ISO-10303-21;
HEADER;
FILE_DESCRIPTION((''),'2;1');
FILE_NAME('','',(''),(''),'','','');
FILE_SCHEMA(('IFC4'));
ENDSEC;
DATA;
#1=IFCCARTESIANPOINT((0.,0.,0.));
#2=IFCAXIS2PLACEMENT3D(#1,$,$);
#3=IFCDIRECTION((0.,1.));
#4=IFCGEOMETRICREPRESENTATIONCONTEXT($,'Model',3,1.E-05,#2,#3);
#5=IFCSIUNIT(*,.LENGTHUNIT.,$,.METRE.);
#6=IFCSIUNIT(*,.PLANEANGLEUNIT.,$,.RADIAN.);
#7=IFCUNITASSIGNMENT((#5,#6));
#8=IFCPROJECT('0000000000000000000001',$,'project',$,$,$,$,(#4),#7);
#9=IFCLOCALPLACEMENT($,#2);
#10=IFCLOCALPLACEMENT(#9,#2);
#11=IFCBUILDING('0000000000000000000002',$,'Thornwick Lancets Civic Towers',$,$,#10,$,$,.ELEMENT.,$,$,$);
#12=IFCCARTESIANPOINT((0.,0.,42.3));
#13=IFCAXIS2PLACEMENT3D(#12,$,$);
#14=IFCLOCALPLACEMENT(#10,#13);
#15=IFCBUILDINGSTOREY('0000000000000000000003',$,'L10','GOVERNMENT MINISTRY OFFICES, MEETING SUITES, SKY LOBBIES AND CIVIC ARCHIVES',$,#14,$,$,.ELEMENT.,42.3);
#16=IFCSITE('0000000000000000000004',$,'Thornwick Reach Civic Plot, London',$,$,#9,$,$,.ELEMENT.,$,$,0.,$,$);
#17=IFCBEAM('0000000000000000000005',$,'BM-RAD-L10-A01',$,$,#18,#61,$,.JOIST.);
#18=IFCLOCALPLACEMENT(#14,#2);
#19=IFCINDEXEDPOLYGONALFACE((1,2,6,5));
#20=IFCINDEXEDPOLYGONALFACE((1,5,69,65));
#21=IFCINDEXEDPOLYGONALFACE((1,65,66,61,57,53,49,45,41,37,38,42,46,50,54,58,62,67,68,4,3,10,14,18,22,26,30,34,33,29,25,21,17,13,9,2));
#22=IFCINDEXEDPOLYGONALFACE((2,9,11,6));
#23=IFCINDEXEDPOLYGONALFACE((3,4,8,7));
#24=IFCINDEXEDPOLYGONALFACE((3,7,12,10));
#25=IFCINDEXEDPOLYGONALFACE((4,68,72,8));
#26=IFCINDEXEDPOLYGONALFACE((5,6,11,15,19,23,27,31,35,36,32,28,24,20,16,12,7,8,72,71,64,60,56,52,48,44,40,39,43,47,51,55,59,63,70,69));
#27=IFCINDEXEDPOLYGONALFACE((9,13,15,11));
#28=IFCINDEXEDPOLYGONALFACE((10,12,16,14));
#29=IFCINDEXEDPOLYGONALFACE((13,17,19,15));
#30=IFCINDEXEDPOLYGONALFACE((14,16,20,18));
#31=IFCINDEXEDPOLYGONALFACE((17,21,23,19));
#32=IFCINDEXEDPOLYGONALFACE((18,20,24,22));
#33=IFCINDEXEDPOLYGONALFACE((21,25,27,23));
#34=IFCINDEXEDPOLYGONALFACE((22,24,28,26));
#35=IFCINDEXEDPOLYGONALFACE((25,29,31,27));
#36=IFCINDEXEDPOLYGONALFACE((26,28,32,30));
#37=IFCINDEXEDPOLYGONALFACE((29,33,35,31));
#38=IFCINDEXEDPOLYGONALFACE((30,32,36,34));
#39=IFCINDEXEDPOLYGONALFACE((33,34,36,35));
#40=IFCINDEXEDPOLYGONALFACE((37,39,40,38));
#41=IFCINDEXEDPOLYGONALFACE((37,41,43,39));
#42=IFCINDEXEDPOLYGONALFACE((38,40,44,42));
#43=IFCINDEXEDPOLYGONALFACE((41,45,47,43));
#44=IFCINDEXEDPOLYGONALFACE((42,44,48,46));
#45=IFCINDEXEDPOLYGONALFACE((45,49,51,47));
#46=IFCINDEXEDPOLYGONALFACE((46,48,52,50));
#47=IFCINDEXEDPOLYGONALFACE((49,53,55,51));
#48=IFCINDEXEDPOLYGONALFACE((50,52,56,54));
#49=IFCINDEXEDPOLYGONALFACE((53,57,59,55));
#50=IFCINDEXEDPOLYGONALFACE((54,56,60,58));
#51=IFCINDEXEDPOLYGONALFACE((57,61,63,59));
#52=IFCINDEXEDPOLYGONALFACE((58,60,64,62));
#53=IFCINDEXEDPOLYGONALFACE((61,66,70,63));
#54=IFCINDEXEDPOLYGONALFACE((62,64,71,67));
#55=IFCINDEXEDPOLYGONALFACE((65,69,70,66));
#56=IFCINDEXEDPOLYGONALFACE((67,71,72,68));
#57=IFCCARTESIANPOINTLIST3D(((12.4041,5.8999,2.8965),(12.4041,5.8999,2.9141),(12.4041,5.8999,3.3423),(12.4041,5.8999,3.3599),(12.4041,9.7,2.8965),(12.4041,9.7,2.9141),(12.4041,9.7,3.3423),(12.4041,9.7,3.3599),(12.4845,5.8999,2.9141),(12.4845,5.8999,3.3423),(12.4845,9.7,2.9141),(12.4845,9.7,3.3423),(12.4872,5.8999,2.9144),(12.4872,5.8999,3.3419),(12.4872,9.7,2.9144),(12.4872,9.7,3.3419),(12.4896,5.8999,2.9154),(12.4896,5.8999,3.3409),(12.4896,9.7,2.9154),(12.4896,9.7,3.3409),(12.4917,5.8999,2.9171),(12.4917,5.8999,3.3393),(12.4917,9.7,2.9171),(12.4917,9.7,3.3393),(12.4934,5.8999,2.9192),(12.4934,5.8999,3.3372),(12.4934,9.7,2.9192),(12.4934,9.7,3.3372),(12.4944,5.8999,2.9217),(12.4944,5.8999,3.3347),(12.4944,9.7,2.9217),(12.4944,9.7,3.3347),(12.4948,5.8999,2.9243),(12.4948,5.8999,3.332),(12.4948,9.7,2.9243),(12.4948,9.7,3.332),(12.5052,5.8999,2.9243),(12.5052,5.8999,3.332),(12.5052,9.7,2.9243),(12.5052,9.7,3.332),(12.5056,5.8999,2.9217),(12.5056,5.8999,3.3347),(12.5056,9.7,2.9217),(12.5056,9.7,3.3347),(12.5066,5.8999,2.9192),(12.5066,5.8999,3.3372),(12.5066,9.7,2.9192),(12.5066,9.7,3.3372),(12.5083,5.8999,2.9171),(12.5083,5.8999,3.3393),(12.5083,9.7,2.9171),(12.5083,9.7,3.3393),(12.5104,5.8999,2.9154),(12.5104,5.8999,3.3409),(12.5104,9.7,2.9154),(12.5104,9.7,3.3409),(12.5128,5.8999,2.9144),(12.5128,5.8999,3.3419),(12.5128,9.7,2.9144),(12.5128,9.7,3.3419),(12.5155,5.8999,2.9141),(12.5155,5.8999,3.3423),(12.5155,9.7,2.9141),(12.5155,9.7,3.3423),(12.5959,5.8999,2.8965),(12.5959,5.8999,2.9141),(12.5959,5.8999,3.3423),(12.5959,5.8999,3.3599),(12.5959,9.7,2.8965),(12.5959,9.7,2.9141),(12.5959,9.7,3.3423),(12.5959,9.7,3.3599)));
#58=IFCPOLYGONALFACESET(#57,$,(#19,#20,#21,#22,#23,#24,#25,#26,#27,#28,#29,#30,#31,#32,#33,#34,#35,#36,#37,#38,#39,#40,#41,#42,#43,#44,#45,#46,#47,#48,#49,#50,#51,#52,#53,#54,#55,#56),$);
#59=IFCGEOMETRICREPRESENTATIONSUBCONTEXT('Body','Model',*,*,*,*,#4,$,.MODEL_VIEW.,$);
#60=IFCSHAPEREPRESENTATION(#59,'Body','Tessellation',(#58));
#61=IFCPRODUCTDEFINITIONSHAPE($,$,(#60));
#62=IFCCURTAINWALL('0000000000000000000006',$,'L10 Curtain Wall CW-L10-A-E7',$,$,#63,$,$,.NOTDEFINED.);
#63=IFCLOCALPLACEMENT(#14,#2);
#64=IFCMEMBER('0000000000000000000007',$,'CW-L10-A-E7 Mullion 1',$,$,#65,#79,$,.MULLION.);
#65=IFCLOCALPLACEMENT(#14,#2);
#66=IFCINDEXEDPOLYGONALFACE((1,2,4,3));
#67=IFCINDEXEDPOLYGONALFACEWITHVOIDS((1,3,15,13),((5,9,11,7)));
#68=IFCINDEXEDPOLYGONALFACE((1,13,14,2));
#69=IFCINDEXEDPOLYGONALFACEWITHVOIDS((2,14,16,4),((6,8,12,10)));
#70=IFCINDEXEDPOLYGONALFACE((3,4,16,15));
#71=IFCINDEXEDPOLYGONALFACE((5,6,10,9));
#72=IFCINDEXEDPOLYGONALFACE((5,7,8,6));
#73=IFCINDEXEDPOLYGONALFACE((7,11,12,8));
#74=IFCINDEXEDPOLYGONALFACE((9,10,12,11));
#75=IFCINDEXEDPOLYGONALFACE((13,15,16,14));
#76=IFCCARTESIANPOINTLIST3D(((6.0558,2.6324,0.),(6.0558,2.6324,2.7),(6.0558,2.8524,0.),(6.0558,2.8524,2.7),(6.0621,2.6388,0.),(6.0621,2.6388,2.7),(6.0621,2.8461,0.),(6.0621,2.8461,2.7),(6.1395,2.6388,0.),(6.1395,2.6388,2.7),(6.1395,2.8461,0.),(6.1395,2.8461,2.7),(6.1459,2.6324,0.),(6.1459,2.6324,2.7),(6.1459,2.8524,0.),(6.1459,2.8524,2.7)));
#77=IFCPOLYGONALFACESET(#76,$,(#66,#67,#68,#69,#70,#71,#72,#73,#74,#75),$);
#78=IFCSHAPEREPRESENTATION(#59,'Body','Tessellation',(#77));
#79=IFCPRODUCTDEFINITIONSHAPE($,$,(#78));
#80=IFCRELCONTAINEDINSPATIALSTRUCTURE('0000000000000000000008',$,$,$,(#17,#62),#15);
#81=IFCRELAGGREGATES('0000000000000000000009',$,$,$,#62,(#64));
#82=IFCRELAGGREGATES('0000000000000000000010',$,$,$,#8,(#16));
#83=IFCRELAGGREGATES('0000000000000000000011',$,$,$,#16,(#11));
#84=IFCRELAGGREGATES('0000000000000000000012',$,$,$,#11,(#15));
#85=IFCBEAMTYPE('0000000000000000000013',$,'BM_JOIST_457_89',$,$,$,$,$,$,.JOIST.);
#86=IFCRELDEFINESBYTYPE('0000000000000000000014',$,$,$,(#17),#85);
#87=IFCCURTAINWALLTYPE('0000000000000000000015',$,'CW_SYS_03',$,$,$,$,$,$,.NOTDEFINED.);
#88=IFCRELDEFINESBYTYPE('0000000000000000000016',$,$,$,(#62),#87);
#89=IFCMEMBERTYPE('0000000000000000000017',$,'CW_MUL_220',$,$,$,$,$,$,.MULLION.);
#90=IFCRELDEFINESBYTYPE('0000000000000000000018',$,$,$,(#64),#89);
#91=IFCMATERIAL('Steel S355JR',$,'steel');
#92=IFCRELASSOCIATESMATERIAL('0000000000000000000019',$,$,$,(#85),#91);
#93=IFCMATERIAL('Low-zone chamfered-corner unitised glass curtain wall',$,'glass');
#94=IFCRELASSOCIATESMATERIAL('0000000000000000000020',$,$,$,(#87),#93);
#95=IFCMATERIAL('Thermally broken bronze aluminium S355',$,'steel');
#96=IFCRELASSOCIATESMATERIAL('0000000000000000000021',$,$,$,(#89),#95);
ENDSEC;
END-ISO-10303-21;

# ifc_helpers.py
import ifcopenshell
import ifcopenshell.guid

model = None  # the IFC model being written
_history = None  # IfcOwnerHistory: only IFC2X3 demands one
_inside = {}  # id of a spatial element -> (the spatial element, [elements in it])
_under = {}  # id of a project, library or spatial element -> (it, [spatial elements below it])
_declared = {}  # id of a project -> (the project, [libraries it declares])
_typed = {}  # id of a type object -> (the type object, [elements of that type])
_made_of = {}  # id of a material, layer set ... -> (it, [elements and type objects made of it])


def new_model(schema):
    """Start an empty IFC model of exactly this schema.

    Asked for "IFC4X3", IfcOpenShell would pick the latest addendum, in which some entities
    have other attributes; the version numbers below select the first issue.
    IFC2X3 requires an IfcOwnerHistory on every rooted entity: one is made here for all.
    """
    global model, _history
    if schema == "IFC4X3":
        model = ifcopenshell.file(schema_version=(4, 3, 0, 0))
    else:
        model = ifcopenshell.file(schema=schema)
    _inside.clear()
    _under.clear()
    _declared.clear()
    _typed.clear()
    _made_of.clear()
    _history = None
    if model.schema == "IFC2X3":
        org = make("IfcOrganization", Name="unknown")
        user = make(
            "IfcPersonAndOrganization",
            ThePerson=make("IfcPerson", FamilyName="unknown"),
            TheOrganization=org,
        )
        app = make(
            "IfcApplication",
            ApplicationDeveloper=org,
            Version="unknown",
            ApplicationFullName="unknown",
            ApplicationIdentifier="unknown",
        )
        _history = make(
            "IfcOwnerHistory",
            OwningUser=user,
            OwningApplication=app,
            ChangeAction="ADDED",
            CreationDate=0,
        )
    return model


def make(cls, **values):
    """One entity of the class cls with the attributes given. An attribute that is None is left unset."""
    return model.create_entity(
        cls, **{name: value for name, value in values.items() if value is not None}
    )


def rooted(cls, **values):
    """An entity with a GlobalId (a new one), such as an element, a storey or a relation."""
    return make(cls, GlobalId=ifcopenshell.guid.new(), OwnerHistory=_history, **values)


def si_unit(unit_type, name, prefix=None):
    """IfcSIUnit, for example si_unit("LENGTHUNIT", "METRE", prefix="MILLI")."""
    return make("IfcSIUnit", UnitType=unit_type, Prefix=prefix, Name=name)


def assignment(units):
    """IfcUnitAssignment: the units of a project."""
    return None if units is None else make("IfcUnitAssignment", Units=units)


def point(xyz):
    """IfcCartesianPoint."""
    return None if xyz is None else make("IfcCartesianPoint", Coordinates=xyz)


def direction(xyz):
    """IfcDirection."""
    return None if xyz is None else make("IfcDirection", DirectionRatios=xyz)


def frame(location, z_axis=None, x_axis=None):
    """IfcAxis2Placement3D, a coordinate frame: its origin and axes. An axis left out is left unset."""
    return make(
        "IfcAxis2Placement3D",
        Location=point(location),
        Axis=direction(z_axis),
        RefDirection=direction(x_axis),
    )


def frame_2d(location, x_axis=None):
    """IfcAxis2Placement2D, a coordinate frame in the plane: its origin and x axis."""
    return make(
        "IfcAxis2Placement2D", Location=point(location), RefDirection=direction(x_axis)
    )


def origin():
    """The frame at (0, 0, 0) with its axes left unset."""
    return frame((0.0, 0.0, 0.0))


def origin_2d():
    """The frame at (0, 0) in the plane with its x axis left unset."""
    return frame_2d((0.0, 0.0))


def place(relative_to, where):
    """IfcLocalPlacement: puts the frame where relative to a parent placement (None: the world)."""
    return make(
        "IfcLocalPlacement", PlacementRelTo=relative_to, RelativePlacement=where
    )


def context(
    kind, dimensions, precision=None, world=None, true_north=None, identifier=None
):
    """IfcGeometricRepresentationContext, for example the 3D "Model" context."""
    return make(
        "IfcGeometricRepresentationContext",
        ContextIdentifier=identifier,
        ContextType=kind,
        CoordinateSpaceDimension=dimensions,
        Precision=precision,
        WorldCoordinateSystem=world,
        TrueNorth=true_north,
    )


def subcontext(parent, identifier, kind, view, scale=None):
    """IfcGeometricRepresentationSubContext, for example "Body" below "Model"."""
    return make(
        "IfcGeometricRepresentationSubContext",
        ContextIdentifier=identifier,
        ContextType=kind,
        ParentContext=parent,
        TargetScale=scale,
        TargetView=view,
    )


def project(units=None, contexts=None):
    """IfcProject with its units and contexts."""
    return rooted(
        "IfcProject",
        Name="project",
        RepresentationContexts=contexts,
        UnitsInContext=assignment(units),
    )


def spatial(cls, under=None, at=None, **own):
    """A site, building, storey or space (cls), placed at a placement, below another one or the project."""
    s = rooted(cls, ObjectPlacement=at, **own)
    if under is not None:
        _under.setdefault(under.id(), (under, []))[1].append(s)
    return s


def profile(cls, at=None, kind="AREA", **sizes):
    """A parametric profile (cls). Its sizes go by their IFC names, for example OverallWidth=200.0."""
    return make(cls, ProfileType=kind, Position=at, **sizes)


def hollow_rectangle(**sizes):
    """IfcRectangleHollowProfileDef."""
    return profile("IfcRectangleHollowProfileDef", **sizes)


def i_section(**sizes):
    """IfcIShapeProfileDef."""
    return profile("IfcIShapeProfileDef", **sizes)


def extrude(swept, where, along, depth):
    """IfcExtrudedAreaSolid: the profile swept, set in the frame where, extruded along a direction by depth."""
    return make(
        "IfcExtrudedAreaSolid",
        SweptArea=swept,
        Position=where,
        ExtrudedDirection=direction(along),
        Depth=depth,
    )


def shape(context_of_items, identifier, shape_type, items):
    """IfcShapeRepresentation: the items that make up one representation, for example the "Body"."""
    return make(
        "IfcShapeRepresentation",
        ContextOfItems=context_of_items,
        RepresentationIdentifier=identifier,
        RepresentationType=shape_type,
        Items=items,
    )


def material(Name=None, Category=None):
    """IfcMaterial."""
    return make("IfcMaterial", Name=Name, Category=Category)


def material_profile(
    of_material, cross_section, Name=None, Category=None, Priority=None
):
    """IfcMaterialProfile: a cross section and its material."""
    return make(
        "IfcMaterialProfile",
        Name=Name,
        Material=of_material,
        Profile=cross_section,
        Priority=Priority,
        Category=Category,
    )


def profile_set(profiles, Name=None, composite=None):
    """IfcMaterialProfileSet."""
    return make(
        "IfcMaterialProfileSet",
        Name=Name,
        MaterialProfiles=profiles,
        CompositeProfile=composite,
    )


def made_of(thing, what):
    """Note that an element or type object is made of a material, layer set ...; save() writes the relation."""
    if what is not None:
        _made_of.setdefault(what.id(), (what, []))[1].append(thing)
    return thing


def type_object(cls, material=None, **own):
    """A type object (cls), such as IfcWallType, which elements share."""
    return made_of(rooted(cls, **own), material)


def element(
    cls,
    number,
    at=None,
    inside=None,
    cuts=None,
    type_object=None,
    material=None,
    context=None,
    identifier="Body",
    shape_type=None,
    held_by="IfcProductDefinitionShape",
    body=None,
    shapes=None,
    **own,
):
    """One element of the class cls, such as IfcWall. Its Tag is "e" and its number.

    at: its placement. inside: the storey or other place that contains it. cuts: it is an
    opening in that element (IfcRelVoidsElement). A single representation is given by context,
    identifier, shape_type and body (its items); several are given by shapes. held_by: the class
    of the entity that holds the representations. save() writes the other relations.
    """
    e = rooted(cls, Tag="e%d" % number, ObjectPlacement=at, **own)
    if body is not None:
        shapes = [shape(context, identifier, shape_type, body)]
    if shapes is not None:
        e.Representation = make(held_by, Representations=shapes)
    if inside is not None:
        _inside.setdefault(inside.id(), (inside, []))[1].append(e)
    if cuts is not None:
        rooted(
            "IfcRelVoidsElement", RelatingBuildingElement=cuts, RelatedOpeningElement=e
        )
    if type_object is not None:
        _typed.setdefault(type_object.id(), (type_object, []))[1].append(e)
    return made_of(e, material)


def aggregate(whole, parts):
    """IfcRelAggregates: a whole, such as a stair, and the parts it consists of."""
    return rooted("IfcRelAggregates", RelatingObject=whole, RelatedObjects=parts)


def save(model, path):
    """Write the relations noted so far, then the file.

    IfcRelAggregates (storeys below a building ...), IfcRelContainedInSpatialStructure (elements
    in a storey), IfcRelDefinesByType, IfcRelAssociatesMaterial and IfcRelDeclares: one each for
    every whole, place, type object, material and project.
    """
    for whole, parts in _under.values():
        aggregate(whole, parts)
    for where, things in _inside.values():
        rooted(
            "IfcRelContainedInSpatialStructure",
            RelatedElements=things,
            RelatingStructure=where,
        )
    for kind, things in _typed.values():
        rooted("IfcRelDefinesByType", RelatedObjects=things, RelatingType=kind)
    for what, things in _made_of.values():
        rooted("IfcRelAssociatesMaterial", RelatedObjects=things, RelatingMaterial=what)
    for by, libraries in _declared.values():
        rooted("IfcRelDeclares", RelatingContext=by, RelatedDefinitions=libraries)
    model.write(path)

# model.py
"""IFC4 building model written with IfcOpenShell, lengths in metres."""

from ifc_helpers import new_model, si_unit, direction, frame, origin, origin_2d, place, context, subcontext, project, spatial, hollow_rectangle, i_section, extrude, material, material_profile, profile_set, type_object, element, aggregate, save


model = new_model("IFC4")

# Units and contexts
model_context = context("Model", 3, precision=1e-05, world=origin(), true_north=direction((0.0, 1.0)))
body_context = subcontext(model_context, "Body", "Model", "MODEL_VIEW")
ifc_project = project(units=[si_unit("LENGTHUNIT", "METRE"), si_unit("PLANEANGLEUNIT", "RADIAN")], contexts=[model_context])

# Site, building, storey
site_placement = place(None, origin())
site = spatial("IfcSite", under=ifc_project, at=site_placement, Name="Thornwick Reach Civic Plot, London", CompositionType="ELEMENT", RefElevation=0.0)
building_placement = place(site_placement, origin())
building = spatial("IfcBuilding", under=site, at=building_placement, Name="Thornwick Lancets Civic Towers", CompositionType="ELEMENT")
storey_placement = place(building_placement, frame((0.0, 0.0, 42.3)))
storey = spatial("IfcBuildingStorey", under=building, at=storey_placement, Name="L10", Description="GOVERNMENT MINISTRY OFFICES, MEETING SUITES, SKY LOBBIES AND CIVIC ARCHIVES", CompositionType="ELEMENT", Elevation=42.3)

# Beam
ifc_material_1 = material(Name="Steel S355JR", Category="steel")
ifc_material_profile_1 = material_profile(ifc_material_1, i_section(OverallWidth=0.1919, OverallDepth=0.4634, WebThickness=0.0105, FlangeThickness=0.0176, FilletRadius=0.0103, at=origin_2d()), Name="UKB 457x191x89")
ifc_profile_set_1 = profile_set([ifc_material_profile_1], Name="Steel S355JR")
beam_type_1 = type_object("IfcBeamType", Name="BM_JOIST_457_89", PredefinedType="JOIST", material=ifc_profile_set_1)
beam_1_placement = place(storey_placement, frame((12.5, 9.7, 3.1282), z_axis=(0.0, -1.0, 0.0), x_axis=(1.0, 0.0, 0.0)))
element("IfcBeam", 1, at=beam_1_placement, inside=storey, type_object=beam_type_1, Name="BM-RAD-L10-A01", PredefinedType="JOIST", context=body_context, shape_type="SweptSolid", body=[
    extrude(i_section(OverallWidth=0.1919, OverallDepth=0.4634, WebThickness=0.0105, FlangeThickness=0.0176, FilletRadius=0.0103, at=origin_2d()), origin(), (0.0, 0.0, 1.0), 3.8),
])

# Curtain wall, member
ifc_material_2 = material(Name="Low-zone chamfered-corner unitised glass curtain wall", Category="glass")
curtain_wall_type = type_object("IfcCurtainWallType", Name="CW_SYS_03", PredefinedType="NOTDEFINED", material=ifc_material_2)
curtain_wall_placement = place(storey_placement, origin())
curtain_wall = element("IfcCurtainWall", 2, at=curtain_wall_placement, inside=storey, type_object=curtain_wall_type, Name="L10 Curtain Wall CW-L10-A-E7", PredefinedType="NOTDEFINED")
ifc_material_3 = material(Name="Thermally broken bronze aluminium S355", Category="steel")
ifc_material_profile_2 = material_profile(ifc_material_3, hollow_rectangle(XDim=0.0901, YDim=0.22, WallThickness=0.0063, at=origin_2d()), Name="RHS 220x90x6.3")
ifc_profile_set_2 = profile_set([ifc_material_profile_2], Name="Thermally broken bronze aluminium S355")
member_type = type_object("IfcMemberType", Name="CW_MUL_220", PredefinedType="MULLION", material=ifc_profile_set_2)
member_placement = place(storey_placement, frame((6.1008, 2.7424, 0.0), z_axis=(0.0, 0.0, 1.0), x_axis=(1.0, 0.0, 0.0)))
member = element("IfcMember", 3, at=member_placement, type_object=member_type, Name="CW-L10-A-E7 Mullion 1", PredefinedType="MULLION", context=body_context, shape_type="SweptSolid", body=[
    extrude(hollow_rectangle(XDim=0.0901, YDim=0.22, WallThickness=0.0063, at=origin_2d()), origin(), (0.0, 0.0, 1.0), 2.7),
])
aggregate(curtain_wall, [member])

save(model, "model.ifc")
